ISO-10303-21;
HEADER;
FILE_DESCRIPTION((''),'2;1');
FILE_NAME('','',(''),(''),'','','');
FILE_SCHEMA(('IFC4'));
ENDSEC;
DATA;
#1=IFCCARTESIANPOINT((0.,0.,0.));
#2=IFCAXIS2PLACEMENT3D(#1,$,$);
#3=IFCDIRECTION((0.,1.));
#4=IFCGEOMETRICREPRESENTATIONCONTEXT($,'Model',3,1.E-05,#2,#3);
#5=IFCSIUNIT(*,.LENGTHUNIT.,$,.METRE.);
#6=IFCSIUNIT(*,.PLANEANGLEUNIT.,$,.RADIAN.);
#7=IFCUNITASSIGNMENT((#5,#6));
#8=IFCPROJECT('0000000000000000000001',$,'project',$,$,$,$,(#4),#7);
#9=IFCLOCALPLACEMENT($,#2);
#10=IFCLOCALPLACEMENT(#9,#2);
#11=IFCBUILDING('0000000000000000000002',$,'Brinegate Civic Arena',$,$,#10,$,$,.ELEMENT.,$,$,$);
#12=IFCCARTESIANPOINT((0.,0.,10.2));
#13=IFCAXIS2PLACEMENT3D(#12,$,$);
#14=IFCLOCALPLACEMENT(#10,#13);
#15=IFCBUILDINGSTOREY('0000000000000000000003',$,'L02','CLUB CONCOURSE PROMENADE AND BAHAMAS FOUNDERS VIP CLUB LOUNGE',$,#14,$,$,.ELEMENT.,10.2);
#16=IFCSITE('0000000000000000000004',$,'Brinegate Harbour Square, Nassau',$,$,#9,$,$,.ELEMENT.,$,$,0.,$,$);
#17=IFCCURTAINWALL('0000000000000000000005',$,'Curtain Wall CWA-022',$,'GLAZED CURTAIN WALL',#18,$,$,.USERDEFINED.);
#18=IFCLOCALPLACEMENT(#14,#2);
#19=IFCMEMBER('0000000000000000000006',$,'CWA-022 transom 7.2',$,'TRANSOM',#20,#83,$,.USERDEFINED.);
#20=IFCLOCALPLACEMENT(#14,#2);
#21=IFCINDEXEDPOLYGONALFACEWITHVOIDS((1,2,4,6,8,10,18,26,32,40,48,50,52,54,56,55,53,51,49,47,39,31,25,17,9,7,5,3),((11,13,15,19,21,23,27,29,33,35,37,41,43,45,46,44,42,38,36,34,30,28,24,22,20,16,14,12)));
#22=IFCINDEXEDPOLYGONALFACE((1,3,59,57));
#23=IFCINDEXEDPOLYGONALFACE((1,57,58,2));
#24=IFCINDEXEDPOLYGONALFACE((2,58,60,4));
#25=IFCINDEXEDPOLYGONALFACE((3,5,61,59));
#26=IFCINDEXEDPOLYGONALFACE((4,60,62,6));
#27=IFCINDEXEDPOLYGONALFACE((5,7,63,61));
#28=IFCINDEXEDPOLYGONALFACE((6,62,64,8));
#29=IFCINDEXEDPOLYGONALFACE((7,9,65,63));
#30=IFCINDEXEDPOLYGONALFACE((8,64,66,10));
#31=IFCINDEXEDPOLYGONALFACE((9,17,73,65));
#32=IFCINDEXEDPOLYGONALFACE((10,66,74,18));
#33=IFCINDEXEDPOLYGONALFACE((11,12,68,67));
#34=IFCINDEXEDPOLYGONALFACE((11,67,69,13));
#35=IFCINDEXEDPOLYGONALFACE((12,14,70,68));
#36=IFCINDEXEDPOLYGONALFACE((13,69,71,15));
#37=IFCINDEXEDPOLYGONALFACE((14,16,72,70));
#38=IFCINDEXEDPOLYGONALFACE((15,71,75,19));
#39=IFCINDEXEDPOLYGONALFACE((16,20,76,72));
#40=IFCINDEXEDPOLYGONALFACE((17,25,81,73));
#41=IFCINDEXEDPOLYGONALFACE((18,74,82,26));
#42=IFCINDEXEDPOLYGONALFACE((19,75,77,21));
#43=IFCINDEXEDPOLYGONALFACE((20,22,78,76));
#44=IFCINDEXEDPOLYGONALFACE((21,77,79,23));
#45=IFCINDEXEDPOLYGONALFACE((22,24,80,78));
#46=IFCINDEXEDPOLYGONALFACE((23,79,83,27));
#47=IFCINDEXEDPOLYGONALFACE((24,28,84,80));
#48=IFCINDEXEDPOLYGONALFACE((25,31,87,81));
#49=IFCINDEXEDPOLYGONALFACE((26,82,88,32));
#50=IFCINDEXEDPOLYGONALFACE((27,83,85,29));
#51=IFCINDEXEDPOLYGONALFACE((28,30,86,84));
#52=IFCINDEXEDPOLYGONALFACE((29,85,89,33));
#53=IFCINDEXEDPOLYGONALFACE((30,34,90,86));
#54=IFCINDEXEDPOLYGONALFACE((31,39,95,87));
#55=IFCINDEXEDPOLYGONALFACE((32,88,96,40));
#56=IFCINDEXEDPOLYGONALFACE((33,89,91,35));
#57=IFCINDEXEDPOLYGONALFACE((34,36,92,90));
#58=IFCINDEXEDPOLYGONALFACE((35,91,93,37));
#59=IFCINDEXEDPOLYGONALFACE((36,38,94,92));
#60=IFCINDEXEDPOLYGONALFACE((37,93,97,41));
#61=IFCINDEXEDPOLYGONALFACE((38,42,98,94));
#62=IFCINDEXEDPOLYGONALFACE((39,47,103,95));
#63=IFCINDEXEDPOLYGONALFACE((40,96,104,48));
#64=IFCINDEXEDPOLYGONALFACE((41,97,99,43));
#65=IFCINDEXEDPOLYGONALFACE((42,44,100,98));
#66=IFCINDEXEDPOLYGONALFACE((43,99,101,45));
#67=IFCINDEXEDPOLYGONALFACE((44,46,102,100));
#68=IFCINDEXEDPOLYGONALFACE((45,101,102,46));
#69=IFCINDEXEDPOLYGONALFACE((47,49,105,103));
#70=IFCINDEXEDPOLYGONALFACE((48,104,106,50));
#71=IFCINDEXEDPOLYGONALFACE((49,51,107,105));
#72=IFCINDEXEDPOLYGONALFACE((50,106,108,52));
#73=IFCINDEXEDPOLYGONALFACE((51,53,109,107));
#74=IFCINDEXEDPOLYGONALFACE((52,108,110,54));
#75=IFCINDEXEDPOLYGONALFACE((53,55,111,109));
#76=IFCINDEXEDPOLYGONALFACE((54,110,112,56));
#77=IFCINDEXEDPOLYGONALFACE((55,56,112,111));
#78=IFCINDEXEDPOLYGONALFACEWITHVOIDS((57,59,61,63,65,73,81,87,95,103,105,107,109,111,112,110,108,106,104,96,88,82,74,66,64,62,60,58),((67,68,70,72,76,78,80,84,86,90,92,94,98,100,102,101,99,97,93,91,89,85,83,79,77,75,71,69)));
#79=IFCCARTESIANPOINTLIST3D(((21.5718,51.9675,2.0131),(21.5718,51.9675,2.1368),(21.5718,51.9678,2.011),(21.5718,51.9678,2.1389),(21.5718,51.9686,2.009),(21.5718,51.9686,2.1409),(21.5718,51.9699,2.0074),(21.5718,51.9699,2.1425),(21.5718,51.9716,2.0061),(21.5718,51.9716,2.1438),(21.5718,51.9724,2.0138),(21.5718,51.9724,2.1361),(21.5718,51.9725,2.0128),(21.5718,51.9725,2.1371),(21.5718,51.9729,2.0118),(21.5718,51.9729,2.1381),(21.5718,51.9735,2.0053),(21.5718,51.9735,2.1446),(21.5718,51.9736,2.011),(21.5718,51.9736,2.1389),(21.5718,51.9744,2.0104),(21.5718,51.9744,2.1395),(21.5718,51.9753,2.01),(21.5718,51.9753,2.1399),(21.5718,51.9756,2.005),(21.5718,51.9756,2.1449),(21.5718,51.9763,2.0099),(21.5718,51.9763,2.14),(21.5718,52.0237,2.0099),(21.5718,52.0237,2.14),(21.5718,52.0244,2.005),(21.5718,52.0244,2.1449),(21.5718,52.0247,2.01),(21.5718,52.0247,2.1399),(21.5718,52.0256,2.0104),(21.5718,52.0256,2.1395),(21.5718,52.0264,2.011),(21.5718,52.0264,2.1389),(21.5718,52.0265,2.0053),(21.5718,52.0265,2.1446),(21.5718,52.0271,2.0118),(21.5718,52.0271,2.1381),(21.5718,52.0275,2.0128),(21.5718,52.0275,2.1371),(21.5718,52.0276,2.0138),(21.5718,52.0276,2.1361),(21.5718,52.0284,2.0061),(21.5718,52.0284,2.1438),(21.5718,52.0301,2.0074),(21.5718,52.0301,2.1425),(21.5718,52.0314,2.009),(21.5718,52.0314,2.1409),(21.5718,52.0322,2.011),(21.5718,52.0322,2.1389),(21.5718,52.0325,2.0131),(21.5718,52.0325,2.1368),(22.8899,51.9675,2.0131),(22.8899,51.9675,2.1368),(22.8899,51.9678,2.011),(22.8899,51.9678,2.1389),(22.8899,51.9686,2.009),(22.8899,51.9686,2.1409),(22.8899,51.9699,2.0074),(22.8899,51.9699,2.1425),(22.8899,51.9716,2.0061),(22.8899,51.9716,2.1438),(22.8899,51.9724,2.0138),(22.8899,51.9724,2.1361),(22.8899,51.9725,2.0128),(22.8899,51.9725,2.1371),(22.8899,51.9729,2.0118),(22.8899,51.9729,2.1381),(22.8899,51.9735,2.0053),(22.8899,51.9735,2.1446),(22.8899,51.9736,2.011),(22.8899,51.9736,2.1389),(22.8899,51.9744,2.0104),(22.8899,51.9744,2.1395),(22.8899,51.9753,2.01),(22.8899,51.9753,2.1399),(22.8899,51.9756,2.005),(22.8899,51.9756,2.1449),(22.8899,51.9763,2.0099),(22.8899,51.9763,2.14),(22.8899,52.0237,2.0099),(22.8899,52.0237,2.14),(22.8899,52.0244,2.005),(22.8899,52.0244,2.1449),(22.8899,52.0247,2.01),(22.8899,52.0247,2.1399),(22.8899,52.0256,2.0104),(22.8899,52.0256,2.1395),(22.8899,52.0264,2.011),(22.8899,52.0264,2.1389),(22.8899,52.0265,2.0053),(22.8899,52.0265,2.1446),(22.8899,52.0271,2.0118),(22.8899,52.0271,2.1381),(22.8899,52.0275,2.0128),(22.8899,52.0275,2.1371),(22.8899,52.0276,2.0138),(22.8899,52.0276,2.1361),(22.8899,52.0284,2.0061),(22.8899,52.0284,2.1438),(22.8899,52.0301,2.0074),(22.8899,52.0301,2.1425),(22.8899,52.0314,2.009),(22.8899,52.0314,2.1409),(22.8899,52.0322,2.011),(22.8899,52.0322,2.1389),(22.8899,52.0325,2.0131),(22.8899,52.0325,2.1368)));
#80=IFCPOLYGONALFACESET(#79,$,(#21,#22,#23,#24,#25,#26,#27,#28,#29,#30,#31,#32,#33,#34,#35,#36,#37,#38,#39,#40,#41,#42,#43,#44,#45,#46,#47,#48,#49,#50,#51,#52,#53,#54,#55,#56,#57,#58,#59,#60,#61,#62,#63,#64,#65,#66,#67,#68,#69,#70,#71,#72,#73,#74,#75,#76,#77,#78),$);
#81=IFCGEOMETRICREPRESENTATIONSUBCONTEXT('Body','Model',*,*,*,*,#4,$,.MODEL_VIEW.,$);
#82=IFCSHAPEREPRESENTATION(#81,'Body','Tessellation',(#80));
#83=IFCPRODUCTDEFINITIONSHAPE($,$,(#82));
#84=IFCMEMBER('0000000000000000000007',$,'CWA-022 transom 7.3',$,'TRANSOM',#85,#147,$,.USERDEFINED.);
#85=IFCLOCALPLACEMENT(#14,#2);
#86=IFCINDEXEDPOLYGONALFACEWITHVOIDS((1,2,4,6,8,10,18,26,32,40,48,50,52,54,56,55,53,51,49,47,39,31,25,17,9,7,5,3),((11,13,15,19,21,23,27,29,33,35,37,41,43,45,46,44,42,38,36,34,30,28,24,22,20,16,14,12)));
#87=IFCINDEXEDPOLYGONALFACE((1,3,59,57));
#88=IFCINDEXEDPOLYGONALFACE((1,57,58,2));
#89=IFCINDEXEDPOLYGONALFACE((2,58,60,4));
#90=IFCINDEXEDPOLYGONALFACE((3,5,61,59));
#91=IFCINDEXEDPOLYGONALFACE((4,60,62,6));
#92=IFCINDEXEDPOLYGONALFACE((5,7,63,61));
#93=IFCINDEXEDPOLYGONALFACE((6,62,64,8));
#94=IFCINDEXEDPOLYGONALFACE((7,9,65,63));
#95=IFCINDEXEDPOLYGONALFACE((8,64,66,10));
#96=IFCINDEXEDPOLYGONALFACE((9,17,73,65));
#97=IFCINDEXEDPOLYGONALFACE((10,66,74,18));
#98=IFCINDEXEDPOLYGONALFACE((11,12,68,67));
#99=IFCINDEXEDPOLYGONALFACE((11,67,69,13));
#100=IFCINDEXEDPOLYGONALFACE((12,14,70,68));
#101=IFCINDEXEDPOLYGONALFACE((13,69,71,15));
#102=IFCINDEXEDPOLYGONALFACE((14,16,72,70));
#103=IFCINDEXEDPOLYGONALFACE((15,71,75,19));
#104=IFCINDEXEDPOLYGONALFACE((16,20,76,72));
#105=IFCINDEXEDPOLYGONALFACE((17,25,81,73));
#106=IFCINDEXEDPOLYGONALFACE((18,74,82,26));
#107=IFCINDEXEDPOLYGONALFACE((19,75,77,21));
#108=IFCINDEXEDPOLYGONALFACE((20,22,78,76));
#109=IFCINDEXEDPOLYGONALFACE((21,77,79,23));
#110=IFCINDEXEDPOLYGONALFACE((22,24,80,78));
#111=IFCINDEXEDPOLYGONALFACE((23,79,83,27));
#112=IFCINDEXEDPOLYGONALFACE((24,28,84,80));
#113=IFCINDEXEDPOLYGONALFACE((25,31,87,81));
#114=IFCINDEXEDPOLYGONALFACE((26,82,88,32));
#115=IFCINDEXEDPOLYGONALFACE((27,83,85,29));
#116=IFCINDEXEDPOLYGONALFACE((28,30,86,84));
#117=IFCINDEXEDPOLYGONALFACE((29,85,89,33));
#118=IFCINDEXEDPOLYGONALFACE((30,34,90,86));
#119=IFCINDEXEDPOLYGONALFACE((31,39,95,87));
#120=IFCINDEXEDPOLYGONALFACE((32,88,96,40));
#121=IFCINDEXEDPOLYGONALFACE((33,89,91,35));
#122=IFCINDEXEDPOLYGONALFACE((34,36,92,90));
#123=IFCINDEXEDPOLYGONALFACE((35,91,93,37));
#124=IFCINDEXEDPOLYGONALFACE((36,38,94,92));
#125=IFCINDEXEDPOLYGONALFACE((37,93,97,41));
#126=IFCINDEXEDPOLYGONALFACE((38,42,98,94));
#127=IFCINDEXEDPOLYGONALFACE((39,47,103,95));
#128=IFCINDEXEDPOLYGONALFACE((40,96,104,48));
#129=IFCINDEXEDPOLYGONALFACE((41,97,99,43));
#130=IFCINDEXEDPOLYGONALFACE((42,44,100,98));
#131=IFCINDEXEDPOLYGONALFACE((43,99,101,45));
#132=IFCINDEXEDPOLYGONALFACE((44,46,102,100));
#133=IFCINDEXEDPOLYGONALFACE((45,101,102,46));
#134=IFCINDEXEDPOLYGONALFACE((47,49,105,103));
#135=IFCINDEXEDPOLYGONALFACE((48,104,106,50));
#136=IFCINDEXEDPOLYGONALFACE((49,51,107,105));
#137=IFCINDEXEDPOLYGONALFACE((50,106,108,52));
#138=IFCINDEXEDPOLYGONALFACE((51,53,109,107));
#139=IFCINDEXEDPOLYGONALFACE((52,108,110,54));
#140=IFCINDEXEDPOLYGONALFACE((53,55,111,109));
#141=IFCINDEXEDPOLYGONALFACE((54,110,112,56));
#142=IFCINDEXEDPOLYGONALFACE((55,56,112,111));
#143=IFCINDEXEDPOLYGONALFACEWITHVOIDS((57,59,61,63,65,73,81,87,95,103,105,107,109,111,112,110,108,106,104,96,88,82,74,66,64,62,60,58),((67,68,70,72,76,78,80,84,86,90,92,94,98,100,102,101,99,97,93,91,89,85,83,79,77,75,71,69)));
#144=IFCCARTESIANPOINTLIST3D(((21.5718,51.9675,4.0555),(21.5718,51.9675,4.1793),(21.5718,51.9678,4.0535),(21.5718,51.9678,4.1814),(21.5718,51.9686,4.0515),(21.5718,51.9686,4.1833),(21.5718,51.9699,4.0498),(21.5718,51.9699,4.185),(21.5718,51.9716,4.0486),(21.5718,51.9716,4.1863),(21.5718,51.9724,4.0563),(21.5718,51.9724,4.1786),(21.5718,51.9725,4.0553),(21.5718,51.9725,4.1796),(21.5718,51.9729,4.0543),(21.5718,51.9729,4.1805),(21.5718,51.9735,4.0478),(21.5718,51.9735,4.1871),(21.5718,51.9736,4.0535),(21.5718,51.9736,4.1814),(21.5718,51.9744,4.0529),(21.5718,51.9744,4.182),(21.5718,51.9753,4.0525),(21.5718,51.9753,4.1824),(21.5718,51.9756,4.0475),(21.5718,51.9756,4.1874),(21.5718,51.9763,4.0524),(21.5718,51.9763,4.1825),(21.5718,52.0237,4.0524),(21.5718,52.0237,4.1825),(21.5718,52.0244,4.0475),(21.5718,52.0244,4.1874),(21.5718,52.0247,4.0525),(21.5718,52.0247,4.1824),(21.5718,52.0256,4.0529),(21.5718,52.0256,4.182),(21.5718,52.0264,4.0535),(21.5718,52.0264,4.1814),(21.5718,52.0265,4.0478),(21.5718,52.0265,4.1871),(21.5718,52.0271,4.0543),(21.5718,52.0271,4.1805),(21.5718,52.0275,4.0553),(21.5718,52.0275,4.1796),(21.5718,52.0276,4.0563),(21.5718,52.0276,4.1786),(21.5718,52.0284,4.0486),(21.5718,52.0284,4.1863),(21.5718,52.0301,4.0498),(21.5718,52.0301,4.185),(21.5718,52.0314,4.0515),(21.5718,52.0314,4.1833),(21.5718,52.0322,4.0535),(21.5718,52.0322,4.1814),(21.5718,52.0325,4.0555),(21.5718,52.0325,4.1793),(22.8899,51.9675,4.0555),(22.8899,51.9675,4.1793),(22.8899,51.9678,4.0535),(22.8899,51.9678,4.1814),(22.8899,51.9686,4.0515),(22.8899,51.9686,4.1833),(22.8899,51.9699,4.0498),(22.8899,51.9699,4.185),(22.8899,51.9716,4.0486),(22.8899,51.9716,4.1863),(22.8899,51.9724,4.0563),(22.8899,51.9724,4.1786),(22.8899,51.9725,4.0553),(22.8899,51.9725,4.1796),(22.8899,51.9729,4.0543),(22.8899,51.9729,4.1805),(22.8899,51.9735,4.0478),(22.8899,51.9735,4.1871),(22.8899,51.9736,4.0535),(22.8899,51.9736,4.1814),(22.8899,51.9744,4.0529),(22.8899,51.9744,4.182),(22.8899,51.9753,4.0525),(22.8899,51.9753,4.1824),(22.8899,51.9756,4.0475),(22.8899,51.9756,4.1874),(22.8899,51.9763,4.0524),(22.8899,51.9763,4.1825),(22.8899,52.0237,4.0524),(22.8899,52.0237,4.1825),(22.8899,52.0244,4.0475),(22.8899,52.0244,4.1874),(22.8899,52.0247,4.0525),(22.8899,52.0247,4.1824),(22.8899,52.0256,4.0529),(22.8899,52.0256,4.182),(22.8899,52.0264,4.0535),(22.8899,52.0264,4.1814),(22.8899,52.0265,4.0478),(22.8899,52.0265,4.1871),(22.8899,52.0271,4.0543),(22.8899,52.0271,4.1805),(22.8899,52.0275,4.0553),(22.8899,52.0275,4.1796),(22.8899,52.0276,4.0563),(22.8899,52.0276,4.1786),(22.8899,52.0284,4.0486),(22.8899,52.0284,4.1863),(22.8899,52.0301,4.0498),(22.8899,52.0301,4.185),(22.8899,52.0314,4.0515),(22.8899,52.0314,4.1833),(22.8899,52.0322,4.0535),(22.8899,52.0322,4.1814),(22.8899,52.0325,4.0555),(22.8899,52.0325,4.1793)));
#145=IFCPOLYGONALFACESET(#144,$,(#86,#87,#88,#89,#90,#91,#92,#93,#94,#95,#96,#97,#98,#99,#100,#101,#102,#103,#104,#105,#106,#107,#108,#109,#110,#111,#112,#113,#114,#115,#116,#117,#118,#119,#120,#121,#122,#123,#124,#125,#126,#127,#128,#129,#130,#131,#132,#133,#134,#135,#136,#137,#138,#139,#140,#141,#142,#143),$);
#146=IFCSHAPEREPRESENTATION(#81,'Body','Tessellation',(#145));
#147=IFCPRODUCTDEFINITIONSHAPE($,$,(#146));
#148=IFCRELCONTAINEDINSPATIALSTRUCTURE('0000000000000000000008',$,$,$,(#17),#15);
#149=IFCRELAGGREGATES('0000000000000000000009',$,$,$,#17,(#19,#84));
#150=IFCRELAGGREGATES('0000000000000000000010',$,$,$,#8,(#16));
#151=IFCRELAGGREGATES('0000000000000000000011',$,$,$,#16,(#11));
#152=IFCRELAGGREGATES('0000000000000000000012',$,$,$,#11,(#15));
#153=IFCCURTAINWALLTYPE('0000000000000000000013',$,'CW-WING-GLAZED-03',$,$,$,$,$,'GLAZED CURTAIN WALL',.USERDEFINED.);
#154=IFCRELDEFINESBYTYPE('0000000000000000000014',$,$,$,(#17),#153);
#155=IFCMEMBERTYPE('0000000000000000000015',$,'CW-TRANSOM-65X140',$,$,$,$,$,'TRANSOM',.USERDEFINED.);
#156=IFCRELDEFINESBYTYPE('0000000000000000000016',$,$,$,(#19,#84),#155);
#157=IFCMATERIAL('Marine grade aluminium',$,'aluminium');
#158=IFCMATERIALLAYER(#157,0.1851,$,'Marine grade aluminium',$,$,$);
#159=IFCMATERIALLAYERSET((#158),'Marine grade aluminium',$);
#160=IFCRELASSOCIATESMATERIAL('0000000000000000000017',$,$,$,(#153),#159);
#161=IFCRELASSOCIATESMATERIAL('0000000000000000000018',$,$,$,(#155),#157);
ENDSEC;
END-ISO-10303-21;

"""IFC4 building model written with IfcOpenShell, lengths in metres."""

from ifc_helpers import new_model, si_unit, direction, frame, origin, origin_2d, place, context, subcontext, project, spatial, hollow_rectangle, extrude, material, layer, layer_set, material_profile, profile_set, type_object, element, aggregate, save


model = new_model("IFC4")

# Units and contexts
model_context = context("Model", 3, precision=1e-05, world=origin(), true_north=direction((0.0, 1.0)))
body_context = subcontext(model_context, "Body", "Model", "MODEL_VIEW")
ifc_project = project(units=[si_unit("LENGTHUNIT", "METRE"), si_unit("PLANEANGLEUNIT", "RADIAN")], contexts=[model_context])

# Site, building, storey
site_placement = place(None, origin())
site = spatial("IfcSite", under=ifc_project, at=site_placement, Name="Brinegate Harbour Square, Nassau", CompositionType="ELEMENT", RefElevation=0.0)
building_placement = place(site_placement, origin())
building = spatial("IfcBuilding", under=site, at=building_placement, Name="Brinegate Civic Arena", CompositionType="ELEMENT")
storey_placement = place(building_placement, frame((0.0, 0.0, 10.2)))
storey = spatial("IfcBuildingStorey", under=building, at=storey_placement, Name="L02", Description="CLUB CONCOURSE PROMENADE AND BAHAMAS FOUNDERS VIP CLUB LOUNGE", CompositionType="ELEMENT", Elevation=10.2)

# Curtain wall
ifc_material_1 = material(Name="Marine grade aluminium", Category="aluminium")
ifc_layer_1 = layer(ifc_material_1, 0.1851, Name="Marine grade aluminium")
ifc_layer_set_1 = layer_set([ifc_layer_1], Name="Marine grade aluminium")
curtain_wall_type_1 = type_object("IfcCurtainWallType", Name="CW-WING-GLAZED-03", ElementType="GLAZED CURTAIN WALL", PredefinedType="USERDEFINED", material=ifc_layer_set_1)
curtain_wall_1_placement = place(storey_placement, origin())
curtain_wall_1 = element("IfcCurtainWall", 1, at=curtain_wall_1_placement, inside=storey, type_object=curtain_wall_type_1, Name="Curtain Wall CWA-022", ObjectType="GLAZED CURTAIN WALL", PredefinedType="USERDEFINED")

# Shared definitions
ifc_material_profile_1 = material_profile(ifc_material_1, hollow_rectangle(XDim=0.0649, YDim=0.1399, WallThickness=0.0049, InnerFilletRadius=0.0039, OuterFilletRadius=0.0081, at=origin_2d()), Name="TRN65X140")
ifc_profile_set_1 = profile_set([ifc_material_profile_1], Name="Marine grade aluminium")
member_type_1 = type_object("IfcMemberType", Name="CW-TRANSOM-65X140", ElementType="TRANSOM", PredefinedType="USERDEFINED", material=ifc_profile_set_1)

# Members
member_1_placement = place(storey_placement, frame((21.5718, 52.0, 2.075), z_axis=(1.0, 0.0, 0.0), x_axis=(0.0, 1.0, 0.0)))
member_1 = element("IfcMember", 2, at=member_1_placement, type_object=member_type_1, Name="CWA-022 transom 7.2", ObjectType="TRANSOM", PredefinedType="USERDEFINED", context=body_context, shape_type="SweptSolid", body=[
    extrude(hollow_rectangle(XDim=0.0649, YDim=0.1399, WallThickness=0.0049, InnerFilletRadius=0.0039, OuterFilletRadius=0.0081, at=origin_2d()), origin(), (0.0, 0.0, 1.0), 1.3181),
])
member_2_placement = place(storey_placement, frame((21.5718, 52.0, 4.1174), z_axis=(1.0, 0.0, 0.0), x_axis=(0.0, 1.0, 0.0)))
member_2 = element("IfcMember", 3, at=member_2_placement, type_object=member_type_1, Name="CWA-022 transom 7.3", ObjectType="TRANSOM", PredefinedType="USERDEFINED", context=body_context, shape_type="SweptSolid", body=[
    extrude(hollow_rectangle(XDim=0.0649, YDim=0.1399, WallThickness=0.0049, InnerFilletRadius=0.0039, OuterFilletRadius=0.0081, at=origin_2d()), origin(), (0.0, 0.0, 1.0), 1.3181),
])

aggregate(curtain_wall_1, [member_1, member_2])

save(model, "model.ifc")
